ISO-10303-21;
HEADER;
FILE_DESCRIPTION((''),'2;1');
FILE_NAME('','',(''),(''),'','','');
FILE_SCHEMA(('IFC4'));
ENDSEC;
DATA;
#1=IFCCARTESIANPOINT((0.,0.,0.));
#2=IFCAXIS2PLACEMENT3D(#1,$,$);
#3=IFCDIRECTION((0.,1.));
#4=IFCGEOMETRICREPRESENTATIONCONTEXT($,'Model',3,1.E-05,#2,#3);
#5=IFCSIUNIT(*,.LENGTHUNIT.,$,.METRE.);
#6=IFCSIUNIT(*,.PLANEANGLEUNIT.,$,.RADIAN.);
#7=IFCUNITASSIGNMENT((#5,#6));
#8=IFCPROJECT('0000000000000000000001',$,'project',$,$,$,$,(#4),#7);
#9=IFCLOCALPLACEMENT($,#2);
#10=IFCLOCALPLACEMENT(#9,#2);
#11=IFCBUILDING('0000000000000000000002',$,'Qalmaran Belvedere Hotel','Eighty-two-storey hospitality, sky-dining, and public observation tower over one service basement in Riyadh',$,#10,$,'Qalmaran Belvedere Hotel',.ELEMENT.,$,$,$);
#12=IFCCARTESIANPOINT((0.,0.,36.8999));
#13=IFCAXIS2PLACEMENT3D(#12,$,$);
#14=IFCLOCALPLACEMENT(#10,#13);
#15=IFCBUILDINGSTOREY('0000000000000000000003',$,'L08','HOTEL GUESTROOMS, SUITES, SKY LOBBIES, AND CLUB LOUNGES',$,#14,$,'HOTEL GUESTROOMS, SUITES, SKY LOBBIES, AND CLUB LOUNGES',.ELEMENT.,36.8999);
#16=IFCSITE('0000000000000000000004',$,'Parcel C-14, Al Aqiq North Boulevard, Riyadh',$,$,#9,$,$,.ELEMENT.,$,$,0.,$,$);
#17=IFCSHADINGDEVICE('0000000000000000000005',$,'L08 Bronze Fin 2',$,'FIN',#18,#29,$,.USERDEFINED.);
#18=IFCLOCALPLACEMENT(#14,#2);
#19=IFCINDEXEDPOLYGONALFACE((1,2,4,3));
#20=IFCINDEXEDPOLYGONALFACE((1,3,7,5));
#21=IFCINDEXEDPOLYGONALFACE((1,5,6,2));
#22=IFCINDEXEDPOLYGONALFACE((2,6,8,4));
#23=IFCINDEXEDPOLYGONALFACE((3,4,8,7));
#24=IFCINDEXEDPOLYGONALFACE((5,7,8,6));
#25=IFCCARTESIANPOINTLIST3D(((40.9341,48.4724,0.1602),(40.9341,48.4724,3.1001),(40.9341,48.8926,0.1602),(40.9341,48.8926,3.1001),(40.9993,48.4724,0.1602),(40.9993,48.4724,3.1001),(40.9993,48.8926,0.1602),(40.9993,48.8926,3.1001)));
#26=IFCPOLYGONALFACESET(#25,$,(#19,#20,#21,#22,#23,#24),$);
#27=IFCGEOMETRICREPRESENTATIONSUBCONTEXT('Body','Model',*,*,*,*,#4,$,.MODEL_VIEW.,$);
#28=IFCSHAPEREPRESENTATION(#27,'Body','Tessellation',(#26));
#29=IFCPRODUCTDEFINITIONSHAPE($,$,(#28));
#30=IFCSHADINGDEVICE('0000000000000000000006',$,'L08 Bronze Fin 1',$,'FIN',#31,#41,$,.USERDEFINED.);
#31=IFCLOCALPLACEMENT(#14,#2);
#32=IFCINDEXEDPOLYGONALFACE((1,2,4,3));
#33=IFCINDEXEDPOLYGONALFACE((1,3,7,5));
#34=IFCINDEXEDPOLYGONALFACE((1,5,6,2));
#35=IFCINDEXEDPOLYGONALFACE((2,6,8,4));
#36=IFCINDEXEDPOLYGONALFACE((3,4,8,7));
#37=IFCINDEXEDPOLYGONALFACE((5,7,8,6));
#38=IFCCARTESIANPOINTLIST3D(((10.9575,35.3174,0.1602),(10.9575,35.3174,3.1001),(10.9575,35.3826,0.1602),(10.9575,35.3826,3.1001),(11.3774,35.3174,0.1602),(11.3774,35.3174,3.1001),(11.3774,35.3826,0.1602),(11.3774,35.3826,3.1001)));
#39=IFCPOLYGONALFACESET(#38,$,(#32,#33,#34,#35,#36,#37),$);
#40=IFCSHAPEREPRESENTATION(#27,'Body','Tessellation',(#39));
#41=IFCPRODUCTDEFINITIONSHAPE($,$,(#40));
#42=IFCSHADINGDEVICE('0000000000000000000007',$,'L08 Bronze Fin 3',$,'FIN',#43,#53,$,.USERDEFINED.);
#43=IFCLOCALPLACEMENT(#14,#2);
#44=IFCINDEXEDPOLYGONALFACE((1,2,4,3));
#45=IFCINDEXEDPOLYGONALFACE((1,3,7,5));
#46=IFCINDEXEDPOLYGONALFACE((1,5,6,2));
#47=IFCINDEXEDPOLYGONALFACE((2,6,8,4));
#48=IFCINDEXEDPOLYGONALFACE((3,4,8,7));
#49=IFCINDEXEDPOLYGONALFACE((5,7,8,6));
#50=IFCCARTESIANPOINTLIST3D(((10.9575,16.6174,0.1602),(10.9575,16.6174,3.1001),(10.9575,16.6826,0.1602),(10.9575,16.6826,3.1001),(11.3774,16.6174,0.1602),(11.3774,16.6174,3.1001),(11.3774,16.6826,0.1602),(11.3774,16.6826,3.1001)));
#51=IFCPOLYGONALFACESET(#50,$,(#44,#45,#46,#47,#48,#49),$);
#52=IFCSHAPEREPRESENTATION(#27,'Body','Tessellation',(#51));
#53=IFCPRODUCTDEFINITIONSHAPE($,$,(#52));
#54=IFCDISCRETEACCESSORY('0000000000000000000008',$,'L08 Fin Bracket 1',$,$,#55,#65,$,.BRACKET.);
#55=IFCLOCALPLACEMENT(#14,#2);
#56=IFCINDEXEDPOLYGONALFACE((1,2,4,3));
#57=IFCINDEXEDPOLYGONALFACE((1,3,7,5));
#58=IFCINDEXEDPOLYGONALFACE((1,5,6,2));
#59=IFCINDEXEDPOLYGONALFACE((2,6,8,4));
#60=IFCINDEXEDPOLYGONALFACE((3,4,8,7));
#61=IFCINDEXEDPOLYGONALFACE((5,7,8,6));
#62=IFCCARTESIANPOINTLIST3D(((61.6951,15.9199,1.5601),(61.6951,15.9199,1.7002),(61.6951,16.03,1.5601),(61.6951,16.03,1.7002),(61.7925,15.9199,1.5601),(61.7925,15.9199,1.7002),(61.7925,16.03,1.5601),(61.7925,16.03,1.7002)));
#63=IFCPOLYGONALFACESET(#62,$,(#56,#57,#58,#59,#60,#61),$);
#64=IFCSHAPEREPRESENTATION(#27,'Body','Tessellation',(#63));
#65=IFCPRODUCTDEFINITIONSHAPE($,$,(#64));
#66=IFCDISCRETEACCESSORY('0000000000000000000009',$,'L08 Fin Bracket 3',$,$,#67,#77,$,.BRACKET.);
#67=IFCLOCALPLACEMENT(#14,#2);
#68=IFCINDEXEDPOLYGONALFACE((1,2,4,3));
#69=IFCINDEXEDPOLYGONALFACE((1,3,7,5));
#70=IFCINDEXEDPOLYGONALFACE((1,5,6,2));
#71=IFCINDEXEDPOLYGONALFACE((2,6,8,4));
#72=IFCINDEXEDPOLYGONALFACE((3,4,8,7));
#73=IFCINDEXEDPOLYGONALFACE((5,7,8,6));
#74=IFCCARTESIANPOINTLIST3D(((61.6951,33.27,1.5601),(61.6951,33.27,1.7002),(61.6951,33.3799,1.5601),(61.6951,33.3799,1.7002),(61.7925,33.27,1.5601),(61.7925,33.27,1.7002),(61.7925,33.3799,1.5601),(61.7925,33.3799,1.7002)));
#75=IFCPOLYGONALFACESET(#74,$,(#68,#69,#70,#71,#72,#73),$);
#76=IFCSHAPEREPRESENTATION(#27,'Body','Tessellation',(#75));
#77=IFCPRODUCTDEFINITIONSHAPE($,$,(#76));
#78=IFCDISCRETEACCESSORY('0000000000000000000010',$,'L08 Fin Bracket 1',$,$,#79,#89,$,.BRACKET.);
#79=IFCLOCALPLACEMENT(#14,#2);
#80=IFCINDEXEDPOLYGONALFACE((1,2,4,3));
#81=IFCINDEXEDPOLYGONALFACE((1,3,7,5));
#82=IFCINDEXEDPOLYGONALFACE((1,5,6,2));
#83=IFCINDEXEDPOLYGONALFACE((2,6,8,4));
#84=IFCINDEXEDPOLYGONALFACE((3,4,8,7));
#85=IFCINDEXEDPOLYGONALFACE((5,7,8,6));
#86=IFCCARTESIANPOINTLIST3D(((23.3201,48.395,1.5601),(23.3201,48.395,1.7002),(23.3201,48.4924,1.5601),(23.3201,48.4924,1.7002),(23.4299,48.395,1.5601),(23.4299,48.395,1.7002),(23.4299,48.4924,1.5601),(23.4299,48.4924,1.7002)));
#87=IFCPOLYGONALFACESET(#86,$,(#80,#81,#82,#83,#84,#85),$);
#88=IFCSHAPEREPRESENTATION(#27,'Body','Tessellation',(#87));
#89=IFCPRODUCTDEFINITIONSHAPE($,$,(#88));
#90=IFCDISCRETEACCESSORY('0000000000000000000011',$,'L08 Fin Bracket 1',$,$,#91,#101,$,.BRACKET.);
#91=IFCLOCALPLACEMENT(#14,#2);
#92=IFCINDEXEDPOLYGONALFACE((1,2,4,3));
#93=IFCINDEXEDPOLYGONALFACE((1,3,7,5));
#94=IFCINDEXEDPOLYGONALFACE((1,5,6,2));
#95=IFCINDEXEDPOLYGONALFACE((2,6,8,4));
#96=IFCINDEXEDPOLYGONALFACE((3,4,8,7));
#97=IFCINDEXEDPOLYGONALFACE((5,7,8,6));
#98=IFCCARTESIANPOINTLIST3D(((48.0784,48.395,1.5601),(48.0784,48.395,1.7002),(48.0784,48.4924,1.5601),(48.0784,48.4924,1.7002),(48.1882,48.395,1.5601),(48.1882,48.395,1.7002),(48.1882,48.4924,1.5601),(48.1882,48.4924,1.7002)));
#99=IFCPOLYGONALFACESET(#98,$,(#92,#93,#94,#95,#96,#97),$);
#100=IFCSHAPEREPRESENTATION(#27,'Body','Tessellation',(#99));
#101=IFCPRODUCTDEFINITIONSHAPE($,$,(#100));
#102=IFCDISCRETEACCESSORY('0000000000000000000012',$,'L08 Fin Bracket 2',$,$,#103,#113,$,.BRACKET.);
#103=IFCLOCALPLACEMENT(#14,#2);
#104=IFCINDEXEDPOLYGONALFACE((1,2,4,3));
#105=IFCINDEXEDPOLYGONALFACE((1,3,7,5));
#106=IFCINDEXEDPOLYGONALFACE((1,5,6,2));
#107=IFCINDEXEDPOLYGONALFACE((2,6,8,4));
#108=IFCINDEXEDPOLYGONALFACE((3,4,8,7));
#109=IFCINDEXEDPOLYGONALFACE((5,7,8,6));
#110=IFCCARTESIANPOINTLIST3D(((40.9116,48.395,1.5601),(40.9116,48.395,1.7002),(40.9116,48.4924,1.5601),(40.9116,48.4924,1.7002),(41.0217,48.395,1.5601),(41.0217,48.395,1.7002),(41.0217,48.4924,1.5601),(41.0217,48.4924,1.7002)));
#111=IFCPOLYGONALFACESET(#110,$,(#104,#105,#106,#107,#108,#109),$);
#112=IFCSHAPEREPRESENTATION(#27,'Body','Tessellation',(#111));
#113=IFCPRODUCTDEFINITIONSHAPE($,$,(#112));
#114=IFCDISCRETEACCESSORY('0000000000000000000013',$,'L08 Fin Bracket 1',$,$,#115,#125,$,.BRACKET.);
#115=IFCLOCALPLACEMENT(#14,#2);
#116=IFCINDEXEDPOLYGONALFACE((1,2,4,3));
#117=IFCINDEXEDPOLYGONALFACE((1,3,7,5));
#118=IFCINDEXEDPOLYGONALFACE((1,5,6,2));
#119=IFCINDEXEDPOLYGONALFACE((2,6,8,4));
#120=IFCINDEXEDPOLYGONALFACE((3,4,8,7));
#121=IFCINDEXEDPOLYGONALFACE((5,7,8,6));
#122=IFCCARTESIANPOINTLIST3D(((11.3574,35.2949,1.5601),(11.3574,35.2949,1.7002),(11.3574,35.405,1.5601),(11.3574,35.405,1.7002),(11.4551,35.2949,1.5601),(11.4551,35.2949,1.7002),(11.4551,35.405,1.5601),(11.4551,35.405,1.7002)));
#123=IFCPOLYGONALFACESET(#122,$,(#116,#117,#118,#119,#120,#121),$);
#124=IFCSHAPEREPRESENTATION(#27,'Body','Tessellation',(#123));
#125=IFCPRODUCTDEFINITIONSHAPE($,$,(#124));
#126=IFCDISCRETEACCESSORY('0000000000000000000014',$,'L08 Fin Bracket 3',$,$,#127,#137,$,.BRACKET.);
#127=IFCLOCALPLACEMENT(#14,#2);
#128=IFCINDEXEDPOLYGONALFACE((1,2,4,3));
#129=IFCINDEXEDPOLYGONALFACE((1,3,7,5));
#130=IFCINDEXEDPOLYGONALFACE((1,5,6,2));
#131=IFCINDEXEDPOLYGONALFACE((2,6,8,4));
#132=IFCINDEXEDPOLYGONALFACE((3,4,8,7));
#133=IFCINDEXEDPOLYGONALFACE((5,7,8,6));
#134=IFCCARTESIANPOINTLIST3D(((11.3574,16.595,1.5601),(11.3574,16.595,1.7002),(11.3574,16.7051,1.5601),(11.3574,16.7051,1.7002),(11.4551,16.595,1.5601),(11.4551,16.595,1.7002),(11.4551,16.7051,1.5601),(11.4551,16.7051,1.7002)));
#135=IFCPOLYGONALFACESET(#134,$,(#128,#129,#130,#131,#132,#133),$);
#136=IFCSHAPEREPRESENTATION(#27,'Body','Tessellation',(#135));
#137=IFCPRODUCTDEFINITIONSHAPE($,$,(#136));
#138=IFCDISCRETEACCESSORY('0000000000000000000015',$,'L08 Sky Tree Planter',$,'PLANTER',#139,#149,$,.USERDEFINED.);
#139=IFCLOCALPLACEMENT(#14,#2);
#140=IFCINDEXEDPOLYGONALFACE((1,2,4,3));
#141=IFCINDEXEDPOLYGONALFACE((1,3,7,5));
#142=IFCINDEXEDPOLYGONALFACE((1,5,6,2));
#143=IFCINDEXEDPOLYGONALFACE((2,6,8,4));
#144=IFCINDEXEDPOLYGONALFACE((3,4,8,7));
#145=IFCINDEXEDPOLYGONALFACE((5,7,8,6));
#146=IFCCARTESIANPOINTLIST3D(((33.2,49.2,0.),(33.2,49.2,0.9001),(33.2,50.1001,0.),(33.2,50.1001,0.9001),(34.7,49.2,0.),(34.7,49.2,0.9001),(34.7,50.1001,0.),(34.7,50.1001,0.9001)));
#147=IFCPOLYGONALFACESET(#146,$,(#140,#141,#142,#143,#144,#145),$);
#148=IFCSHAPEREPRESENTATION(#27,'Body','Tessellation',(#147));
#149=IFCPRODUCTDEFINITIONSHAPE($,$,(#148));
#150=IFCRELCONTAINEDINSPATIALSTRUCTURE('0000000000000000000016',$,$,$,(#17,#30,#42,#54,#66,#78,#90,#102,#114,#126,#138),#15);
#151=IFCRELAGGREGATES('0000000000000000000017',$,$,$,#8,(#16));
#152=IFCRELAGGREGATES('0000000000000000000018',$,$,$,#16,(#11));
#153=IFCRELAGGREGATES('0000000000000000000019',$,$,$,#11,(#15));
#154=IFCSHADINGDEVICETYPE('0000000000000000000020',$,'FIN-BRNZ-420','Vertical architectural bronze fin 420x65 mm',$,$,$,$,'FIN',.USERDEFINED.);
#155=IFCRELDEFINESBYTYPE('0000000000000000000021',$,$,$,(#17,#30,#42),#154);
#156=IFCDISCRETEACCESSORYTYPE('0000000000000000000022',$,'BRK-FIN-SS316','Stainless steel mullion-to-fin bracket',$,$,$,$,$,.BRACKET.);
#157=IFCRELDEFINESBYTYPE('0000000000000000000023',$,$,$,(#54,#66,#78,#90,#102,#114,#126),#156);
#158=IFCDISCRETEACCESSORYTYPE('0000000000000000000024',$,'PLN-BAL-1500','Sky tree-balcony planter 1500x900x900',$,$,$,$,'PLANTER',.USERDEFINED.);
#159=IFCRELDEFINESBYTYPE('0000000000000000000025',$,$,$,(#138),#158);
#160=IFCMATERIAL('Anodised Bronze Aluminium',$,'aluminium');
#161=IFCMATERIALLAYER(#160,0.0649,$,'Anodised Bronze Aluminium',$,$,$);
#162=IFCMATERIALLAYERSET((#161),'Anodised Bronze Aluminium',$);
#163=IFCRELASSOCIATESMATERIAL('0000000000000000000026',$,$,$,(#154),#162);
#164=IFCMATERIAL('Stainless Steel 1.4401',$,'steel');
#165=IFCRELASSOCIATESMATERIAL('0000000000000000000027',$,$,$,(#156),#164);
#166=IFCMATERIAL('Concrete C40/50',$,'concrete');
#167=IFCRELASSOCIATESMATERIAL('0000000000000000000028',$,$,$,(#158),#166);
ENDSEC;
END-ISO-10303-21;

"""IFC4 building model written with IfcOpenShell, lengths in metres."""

from ifc_helpers import new_model, si_unit, direction, frame, origin, place, context, subcontext, project, spatial, polyline, outline, extrude, material, layer, layer_set, type_object, element, save


model = new_model("IFC4")

# Units and contexts
model_context = context("Model", 3, precision=1e-05, world=origin(), true_north=direction((0.0, 1.0)))
body_context = subcontext(model_context, "Body", "Model", "MODEL_VIEW")
ifc_project = project(units=[si_unit("LENGTHUNIT", "METRE"), si_unit("PLANEANGLEUNIT", "RADIAN")], contexts=[model_context])

# Site, building, storey
site_placement = place(None, origin())
site = spatial("IfcSite", under=ifc_project, at=site_placement, Name="Parcel C-14, Al Aqiq North Boulevard, Riyadh", CompositionType="ELEMENT", RefElevation=0.0)
building_placement = place(site_placement, origin())
building = spatial("IfcBuilding", under=site, at=building_placement, Name="Qalmaran Belvedere Hotel", Description="Eighty-two-storey hospitality, sky-dining, and public observation tower over one service basement in Riyadh", LongName="Qalmaran Belvedere Hotel", CompositionType="ELEMENT")
storey_placement = place(building_placement, frame((0.0, 0.0, 36.8999)))
storey = spatial("IfcBuildingStorey", under=building, at=storey_placement, Name="L08", Description="HOTEL GUESTROOMS, SUITES, SKY LOBBIES, AND CLUB LOUNGES", LongName="HOTEL GUESTROOMS, SUITES, SKY LOBBIES, AND CLUB LOUNGES", CompositionType="ELEMENT", Elevation=36.8999)

# Shared definitions
ifc_material_1 = material(Name="Anodised Bronze Aluminium", Category="aluminium")

# Shared definitions
ifc_material_2 = material(Name="Concrete C40/50", Category="concrete")

# Shading devices
ifc_layer_1 = layer(ifc_material_1, 0.0649, Name="Anodised Bronze Aluminium")
ifc_layer_set_1 = layer_set([ifc_layer_1], Name="Anodised Bronze Aluminium")
shading_device_type = type_object("IfcShadingDeviceType", Name="FIN-BRNZ-420", Description="Vertical architectural bronze fin 420x65 mm", ElementType="FIN", PredefinedType="USERDEFINED", material=ifc_layer_set_1)
shading_device_1_placement = place(storey_placement, frame((0.0, 0.0, 0.1602)))
element("IfcShadingDevice", 1, at=shading_device_1_placement, inside=storey, type_object=shading_device_type, Name="L08 Bronze Fin 2", ObjectType="FIN", PredefinedType="USERDEFINED", context=body_context, shape_type="SweptSolid", body=[
    extrude(outline(polyline([(40.9993, 48.4724), (40.9993, 48.8926), (40.9341, 48.8926), (40.9341, 48.4724), (40.9993, 48.4724)])), origin(), (0.0, 0.0, 1.0), 2.9399),
])
shading_device_2_placement = place(storey_placement, frame((0.0, 0.0, 0.1602)))
element("IfcShadingDevice", 2, at=shading_device_2_placement, inside=storey, type_object=shading_device_type, Name="L08 Bronze Fin 1", ObjectType="FIN", PredefinedType="USERDEFINED", context=body_context, shape_type="SweptSolid", body=[
    extrude(outline(polyline([(11.3774, 35.3826), (10.9575, 35.3826), (10.9575, 35.3174), (11.3774, 35.3174), (11.3774, 35.3826)])), origin(), (0.0, 0.0, 1.0), 2.9399),
])
shading_device_3_placement = place(storey_placement, frame((0.0, 0.0, 0.1602)))
element("IfcShadingDevice", 3, at=shading_device_3_placement, inside=storey, type_object=shading_device_type, Name="L08 Bronze Fin 3", ObjectType="FIN", PredefinedType="USERDEFINED", context=body_context, shape_type="SweptSolid", body=[
    extrude(outline(polyline([(11.3774, 16.6826), (10.9575, 16.6826), (10.9575, 16.6174), (11.3774, 16.6174), (11.3774, 16.6826)])), origin(), (0.0, 0.0, 1.0), 2.9399),
])

# Discrete accessories
ifc_material_3 = material(Name="Stainless Steel 1.4401", Category="steel")
discrete_accessory_type_1 = type_object("IfcDiscreteAccessoryType", Name="BRK-FIN-SS316", Description="Stainless steel mullion-to-fin bracket", PredefinedType="BRACKET", material=ifc_material_3)
discrete_accessory_1_placement = place(storey_placement, frame((0.0, 0.0, 1.5601)))
element("IfcDiscreteAccessory", 4, at=discrete_accessory_1_placement, inside=storey, type_object=discrete_accessory_type_1, Name="L08 Fin Bracket 1", PredefinedType="BRACKET", context=body_context, shape_type="SweptSolid", body=[
    extrude(outline(polyline([(61.6951, 15.9199), (61.7925, 15.9199), (61.7925, 16.03), (61.6951, 16.03), (61.6951, 15.9199)])), origin(), (0.0, 0.0, 1.0), 0.1401),
])
discrete_accessory_2_placement = place(storey_placement, frame((0.0, 0.0, 1.5601)))
element("IfcDiscreteAccessory", 5, at=discrete_accessory_2_placement, inside=storey, type_object=discrete_accessory_type_1, Name="L08 Fin Bracket 3", PredefinedType="BRACKET", context=body_context, shape_type="SweptSolid", body=[
    extrude(outline(polyline([(61.6951, 33.27), (61.7925, 33.27), (61.7925, 33.3799), (61.6951, 33.3799), (61.6951, 33.27)])), origin(), (0.0, 0.0, 1.0), 0.1401),
])
discrete_accessory_3_placement = place(storey_placement, frame((0.0, 0.0, 1.5601)))
element("IfcDiscreteAccessory", 6, at=discrete_accessory_3_placement, inside=storey, type_object=discrete_accessory_type_1, Name="L08 Fin Bracket 1", PredefinedType="BRACKET", context=body_context, shape_type="SweptSolid", body=[
    extrude(outline(polyline([(23.4299, 48.395), (23.4299, 48.4924), (23.3201, 48.4924), (23.3201, 48.395), (23.4299, 48.395)])), origin(), (0.0, 0.0, 1.0), 0.1401),
])
discrete_accessory_4_placement = place(storey_placement, frame((0.0, 0.0, 1.5601)))
element("IfcDiscreteAccessory", 7, at=discrete_accessory_4_placement, inside=storey, type_object=discrete_accessory_type_1, Name="L08 Fin Bracket 1", PredefinedType="BRACKET", context=body_context, shape_type="SweptSolid", body=[
    extrude(outline(polyline([(48.1882, 48.395), (48.1882, 48.4924), (48.0784, 48.4924), (48.0784, 48.395), (48.1882, 48.395)])), origin(), (0.0, 0.0, 1.0), 0.1401),
])
discrete_accessory_5_placement = place(storey_placement, frame((0.0, 0.0, 1.5601)))
element("IfcDiscreteAccessory", 8, at=discrete_accessory_5_placement, inside=storey, type_object=discrete_accessory_type_1, Name="L08 Fin Bracket 2", PredefinedType="BRACKET", context=body_context, shape_type="SweptSolid", body=[
    extrude(outline(polyline([(41.0217, 48.395), (41.0217, 48.4924), (40.9116, 48.4924), (40.9116, 48.395), (41.0217, 48.395)])), origin(), (0.0, 0.0, 1.0), 0.1401),
])
discrete_accessory_6_placement = place(storey_placement, frame((0.0, 0.0, 1.5601)))
element("IfcDiscreteAccessory", 9, at=discrete_accessory_6_placement, inside=storey, type_object=discrete_accessory_type_1, Name="L08 Fin Bracket 1", PredefinedType="BRACKET", context=body_context, shape_type="SweptSolid", body=[
    extrude(outline(polyline([(11.4551, 35.405), (11.3574, 35.405), (11.3574, 35.2949), (11.4551, 35.2949), (11.4551, 35.405)])), origin(), (0.0, 0.0, 1.0), 0.1401),
])
discrete_accessory_7_placement = place(storey_placement, frame((0.0, 0.0, 1.5601)))
element("IfcDiscreteAccessory", 10, at=discrete_accessory_7_placement, inside=storey, type_object=discrete_accessory_type_1, Name="L08 Fin Bracket 3", PredefinedType="BRACKET", context=body_context, shape_type="SweptSolid", body=[
    extrude(outline(polyline([(11.4551, 16.7051), (11.3574, 16.7051), (11.3574, 16.595), (11.4551, 16.595), (11.4551, 16.7051)])), origin(), (0.0, 0.0, 1.0), 0.1401),
])
discrete_accessory_type_2 = type_object("IfcDiscreteAccessoryType", Name="PLN-BAL-1500", Description="Sky tree-balcony planter 1500x900x900", ElementType="PLANTER", PredefinedType="USERDEFINED", material=ifc_material_2)
discrete_accessory_8_placement = place(storey_placement, origin())
element("IfcDiscreteAccessory", 11, at=discrete_accessory_8_placement, inside=storey, type_object=discrete_accessory_type_2, Name="L08 Sky Tree Planter", ObjectType="PLANTER", PredefinedType="USERDEFINED", context=body_context, shape_type="SweptSolid", body=[
    extrude(outline(polyline([(33.2, 49.2), (34.7, 49.2), (34.7, 50.1001), (33.2, 50.1001), (33.2, 49.2)])), origin(), (0.0, 0.0, 1.0), 0.9001),
])

save(model, "model.ifc")
